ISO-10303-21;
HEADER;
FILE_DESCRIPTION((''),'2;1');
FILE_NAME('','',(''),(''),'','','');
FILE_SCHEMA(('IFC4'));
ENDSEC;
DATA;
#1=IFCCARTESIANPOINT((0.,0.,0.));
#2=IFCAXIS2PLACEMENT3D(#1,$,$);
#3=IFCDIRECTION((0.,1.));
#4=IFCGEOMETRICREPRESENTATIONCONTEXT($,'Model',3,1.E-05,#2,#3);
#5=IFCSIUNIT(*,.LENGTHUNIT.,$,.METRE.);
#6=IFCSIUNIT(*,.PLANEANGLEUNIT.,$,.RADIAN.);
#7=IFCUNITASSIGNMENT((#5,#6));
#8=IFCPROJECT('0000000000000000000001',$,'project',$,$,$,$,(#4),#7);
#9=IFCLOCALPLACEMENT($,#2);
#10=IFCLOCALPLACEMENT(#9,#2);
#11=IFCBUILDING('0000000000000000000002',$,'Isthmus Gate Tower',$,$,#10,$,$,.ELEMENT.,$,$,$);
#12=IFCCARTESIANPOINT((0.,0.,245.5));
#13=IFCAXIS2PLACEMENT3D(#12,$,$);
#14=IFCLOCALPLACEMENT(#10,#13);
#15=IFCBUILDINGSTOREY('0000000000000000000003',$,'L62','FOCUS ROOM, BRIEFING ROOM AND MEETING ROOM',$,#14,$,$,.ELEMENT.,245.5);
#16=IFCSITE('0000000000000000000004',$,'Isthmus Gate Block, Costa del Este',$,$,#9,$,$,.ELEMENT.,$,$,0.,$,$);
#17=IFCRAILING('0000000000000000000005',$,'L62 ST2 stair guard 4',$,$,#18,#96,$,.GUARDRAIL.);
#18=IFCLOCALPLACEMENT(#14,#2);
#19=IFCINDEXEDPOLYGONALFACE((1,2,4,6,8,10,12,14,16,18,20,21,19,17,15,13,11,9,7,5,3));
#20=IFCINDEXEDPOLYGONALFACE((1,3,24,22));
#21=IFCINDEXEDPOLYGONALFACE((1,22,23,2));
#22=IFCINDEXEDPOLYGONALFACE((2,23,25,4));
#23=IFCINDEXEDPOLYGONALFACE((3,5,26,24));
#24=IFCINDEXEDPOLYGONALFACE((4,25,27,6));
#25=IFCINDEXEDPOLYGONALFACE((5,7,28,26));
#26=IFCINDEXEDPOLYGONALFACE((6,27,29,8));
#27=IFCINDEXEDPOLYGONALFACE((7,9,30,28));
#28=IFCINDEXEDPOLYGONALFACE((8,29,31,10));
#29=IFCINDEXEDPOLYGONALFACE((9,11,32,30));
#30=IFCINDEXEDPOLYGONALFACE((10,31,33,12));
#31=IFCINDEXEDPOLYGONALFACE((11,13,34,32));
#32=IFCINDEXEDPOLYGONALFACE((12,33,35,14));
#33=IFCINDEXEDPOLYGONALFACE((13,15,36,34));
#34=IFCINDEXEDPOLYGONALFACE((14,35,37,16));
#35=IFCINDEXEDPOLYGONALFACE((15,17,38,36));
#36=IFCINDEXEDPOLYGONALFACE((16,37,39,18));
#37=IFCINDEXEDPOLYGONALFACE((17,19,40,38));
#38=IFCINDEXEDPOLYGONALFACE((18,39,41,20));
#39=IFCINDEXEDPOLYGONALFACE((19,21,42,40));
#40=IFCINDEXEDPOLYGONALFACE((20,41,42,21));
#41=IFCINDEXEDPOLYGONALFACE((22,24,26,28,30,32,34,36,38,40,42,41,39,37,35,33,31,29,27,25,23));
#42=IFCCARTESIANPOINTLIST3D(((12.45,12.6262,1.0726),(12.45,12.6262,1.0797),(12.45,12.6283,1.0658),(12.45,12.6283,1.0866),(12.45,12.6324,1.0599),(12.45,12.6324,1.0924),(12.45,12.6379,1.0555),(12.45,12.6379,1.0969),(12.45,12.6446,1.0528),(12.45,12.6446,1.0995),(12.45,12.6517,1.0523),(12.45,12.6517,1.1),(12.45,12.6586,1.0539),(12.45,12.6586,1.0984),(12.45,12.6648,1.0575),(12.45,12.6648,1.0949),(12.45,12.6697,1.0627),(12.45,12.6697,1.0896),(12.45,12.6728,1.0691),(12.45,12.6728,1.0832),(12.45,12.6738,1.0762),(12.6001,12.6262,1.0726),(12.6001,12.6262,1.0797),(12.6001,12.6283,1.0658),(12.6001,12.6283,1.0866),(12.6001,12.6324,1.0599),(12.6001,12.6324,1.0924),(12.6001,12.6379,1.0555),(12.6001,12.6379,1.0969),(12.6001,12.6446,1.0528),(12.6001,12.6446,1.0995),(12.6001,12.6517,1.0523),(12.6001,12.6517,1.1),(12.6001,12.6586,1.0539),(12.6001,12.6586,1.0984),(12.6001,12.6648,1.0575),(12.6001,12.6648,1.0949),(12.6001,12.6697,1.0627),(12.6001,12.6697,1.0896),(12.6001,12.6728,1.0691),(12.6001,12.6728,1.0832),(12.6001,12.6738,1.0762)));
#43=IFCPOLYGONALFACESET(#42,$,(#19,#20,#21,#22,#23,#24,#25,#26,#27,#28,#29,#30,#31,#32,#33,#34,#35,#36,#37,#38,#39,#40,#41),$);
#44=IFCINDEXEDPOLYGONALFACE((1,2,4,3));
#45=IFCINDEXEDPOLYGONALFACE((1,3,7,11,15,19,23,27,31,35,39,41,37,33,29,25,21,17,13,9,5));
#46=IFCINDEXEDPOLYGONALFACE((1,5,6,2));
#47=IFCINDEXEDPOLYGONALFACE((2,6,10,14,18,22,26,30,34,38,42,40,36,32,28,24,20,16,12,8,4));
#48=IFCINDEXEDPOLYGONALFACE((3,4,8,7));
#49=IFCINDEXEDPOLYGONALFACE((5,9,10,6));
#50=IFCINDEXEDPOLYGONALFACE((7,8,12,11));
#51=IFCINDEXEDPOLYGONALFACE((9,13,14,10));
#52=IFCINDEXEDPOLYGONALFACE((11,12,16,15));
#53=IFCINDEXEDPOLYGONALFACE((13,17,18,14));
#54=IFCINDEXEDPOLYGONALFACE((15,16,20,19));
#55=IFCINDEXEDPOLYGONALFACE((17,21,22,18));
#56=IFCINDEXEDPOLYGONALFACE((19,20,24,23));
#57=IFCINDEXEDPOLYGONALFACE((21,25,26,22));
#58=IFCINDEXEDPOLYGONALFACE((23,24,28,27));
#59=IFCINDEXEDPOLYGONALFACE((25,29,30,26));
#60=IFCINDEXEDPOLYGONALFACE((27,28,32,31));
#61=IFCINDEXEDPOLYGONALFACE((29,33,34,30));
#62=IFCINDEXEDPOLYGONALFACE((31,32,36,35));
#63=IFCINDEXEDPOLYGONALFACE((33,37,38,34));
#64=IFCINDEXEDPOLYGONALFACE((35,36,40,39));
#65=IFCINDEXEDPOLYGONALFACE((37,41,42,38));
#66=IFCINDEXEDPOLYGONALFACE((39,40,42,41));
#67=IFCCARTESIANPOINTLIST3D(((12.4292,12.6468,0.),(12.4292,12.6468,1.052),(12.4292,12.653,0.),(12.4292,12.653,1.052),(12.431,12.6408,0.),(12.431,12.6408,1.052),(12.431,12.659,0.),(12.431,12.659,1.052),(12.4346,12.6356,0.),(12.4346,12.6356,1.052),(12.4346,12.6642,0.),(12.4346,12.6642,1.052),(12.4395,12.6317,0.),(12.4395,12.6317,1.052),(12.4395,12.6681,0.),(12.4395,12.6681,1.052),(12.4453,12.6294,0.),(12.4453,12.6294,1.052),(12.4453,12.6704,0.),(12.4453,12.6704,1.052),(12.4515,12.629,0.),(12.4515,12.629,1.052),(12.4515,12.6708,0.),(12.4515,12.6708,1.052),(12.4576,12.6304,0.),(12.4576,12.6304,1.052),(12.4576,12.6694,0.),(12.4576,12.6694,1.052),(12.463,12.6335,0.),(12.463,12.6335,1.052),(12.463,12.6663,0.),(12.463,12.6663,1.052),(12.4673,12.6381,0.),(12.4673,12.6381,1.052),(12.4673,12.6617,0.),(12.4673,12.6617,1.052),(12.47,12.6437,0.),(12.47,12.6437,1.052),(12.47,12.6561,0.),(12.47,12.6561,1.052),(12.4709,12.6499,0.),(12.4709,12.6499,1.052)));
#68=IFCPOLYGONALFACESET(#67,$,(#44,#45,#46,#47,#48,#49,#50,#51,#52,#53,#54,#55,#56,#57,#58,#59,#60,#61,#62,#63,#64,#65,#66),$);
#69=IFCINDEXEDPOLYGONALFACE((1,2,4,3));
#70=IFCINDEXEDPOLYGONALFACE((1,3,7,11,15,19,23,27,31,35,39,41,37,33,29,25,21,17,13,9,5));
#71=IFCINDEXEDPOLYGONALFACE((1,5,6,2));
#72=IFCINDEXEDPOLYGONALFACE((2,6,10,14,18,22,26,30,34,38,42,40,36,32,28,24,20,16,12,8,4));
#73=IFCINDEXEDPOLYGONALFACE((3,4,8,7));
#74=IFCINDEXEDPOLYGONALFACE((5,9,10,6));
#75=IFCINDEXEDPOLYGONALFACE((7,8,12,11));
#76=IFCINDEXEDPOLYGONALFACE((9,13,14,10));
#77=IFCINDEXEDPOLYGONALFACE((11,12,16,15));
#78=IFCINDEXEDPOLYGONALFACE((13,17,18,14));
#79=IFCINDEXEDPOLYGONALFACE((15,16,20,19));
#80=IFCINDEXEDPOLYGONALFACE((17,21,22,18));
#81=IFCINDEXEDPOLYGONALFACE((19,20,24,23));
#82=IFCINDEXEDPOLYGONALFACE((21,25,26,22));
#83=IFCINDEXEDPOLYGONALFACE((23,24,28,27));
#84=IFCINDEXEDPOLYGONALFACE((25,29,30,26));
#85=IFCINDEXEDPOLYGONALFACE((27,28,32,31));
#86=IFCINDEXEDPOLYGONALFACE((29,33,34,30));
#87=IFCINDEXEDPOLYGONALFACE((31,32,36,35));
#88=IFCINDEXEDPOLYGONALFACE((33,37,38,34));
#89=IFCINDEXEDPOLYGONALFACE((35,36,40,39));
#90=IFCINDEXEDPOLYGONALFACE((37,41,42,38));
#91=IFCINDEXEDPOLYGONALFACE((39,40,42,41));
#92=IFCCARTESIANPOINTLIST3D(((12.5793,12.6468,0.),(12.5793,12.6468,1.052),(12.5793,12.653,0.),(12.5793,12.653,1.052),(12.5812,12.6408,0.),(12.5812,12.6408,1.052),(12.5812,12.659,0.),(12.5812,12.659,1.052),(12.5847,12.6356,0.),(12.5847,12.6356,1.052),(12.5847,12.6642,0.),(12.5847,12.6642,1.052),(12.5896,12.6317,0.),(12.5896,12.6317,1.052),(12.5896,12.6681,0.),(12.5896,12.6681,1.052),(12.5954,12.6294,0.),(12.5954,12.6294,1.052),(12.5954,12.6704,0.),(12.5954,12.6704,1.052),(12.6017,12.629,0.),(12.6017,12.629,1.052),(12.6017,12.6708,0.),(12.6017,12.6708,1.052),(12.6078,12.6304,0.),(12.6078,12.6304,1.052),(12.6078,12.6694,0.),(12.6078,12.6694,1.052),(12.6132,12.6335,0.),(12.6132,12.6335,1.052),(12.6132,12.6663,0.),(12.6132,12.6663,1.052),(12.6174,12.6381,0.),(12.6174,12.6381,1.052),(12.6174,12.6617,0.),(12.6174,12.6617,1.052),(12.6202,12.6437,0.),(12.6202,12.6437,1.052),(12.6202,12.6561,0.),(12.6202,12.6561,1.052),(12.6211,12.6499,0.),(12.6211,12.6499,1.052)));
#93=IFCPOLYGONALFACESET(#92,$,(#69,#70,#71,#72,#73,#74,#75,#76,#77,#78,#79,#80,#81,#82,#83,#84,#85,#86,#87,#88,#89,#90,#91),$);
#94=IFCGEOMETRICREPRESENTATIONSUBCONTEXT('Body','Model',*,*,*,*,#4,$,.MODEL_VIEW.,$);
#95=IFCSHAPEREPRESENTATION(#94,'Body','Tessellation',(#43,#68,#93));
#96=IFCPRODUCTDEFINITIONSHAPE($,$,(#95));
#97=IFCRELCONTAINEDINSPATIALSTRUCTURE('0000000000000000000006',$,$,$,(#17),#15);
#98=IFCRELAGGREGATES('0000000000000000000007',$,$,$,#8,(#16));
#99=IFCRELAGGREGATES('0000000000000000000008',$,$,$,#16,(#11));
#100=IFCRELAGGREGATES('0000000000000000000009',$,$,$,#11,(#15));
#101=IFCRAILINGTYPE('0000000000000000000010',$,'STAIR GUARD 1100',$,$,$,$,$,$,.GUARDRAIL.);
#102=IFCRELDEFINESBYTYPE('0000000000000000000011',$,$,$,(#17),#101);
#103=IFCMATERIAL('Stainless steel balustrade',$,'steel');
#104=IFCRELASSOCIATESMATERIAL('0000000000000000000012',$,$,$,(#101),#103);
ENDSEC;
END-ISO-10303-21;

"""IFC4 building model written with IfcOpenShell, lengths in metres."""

from ifc_helpers import new_model, si_unit, direction, frame, origin, origin_2d, place, context, subcontext, project, spatial, circle, extrude, material, type_object, element, save


model = new_model("IFC4")

# Units and contexts
model_context = context("Model", 3, precision=1e-05, world=origin(), true_north=direction((0.0, 1.0)))
body_context = subcontext(model_context, "Body", "Model", "MODEL_VIEW")
ifc_project = project(units=[si_unit("LENGTHUNIT", "METRE"), si_unit("PLANEANGLEUNIT", "RADIAN")], contexts=[model_context])

# Site, building, storey
site_placement = place(None, origin())
site = spatial("IfcSite", under=ifc_project, at=site_placement, Name="Isthmus Gate Block, Costa del Este", CompositionType="ELEMENT", RefElevation=0.0)
building_placement = place(site_placement, origin())
building = spatial("IfcBuilding", under=site, at=building_placement, Name="Isthmus Gate Tower", CompositionType="ELEMENT")
storey_placement = place(building_placement, frame((0.0, 0.0, 245.5)))
storey = spatial("IfcBuildingStorey", under=building, at=storey_placement, Name="L62", Description="FOCUS ROOM, BRIEFING ROOM AND MEETING ROOM", CompositionType="ELEMENT", Elevation=245.5)

# Railing
ifc_material_1 = material(Name="Stainless steel balustrade", Category="steel")
railing_type_1 = type_object("IfcRailingType", Name="STAIR GUARD 1100", PredefinedType="GUARDRAIL", material=ifc_material_1)
railing_1_placement = place(storey_placement, frame((12.45, 12.6499, 0.0)))
element("IfcRailing", 1, at=railing_1_placement, inside=storey, type_object=railing_type_1, Name="L62 ST2 stair guard 4", PredefinedType="GUARDRAIL", context=body_context, shape_type="SweptSolid", body=[
    extrude(circle(Radius=0.0239, at=origin_2d()), frame((0.0, 0.0, 1.0762), z_axis=(1.0, 0.0, 0.0), x_axis=(0.0, 1.0, 0.0)), (0.0, 0.0, 1.0), 0.1501),
    extrude(circle(Radius=0.021, at=origin_2d()), origin(), (0.0, 0.0, 1.0), 1.052),
    extrude(circle(Radius=0.021, at=origin_2d()), frame((0.1501, 0.0, 0.0)), (0.0, 0.0, 1.0), 1.052),
])

save(model, "model.ifc")
